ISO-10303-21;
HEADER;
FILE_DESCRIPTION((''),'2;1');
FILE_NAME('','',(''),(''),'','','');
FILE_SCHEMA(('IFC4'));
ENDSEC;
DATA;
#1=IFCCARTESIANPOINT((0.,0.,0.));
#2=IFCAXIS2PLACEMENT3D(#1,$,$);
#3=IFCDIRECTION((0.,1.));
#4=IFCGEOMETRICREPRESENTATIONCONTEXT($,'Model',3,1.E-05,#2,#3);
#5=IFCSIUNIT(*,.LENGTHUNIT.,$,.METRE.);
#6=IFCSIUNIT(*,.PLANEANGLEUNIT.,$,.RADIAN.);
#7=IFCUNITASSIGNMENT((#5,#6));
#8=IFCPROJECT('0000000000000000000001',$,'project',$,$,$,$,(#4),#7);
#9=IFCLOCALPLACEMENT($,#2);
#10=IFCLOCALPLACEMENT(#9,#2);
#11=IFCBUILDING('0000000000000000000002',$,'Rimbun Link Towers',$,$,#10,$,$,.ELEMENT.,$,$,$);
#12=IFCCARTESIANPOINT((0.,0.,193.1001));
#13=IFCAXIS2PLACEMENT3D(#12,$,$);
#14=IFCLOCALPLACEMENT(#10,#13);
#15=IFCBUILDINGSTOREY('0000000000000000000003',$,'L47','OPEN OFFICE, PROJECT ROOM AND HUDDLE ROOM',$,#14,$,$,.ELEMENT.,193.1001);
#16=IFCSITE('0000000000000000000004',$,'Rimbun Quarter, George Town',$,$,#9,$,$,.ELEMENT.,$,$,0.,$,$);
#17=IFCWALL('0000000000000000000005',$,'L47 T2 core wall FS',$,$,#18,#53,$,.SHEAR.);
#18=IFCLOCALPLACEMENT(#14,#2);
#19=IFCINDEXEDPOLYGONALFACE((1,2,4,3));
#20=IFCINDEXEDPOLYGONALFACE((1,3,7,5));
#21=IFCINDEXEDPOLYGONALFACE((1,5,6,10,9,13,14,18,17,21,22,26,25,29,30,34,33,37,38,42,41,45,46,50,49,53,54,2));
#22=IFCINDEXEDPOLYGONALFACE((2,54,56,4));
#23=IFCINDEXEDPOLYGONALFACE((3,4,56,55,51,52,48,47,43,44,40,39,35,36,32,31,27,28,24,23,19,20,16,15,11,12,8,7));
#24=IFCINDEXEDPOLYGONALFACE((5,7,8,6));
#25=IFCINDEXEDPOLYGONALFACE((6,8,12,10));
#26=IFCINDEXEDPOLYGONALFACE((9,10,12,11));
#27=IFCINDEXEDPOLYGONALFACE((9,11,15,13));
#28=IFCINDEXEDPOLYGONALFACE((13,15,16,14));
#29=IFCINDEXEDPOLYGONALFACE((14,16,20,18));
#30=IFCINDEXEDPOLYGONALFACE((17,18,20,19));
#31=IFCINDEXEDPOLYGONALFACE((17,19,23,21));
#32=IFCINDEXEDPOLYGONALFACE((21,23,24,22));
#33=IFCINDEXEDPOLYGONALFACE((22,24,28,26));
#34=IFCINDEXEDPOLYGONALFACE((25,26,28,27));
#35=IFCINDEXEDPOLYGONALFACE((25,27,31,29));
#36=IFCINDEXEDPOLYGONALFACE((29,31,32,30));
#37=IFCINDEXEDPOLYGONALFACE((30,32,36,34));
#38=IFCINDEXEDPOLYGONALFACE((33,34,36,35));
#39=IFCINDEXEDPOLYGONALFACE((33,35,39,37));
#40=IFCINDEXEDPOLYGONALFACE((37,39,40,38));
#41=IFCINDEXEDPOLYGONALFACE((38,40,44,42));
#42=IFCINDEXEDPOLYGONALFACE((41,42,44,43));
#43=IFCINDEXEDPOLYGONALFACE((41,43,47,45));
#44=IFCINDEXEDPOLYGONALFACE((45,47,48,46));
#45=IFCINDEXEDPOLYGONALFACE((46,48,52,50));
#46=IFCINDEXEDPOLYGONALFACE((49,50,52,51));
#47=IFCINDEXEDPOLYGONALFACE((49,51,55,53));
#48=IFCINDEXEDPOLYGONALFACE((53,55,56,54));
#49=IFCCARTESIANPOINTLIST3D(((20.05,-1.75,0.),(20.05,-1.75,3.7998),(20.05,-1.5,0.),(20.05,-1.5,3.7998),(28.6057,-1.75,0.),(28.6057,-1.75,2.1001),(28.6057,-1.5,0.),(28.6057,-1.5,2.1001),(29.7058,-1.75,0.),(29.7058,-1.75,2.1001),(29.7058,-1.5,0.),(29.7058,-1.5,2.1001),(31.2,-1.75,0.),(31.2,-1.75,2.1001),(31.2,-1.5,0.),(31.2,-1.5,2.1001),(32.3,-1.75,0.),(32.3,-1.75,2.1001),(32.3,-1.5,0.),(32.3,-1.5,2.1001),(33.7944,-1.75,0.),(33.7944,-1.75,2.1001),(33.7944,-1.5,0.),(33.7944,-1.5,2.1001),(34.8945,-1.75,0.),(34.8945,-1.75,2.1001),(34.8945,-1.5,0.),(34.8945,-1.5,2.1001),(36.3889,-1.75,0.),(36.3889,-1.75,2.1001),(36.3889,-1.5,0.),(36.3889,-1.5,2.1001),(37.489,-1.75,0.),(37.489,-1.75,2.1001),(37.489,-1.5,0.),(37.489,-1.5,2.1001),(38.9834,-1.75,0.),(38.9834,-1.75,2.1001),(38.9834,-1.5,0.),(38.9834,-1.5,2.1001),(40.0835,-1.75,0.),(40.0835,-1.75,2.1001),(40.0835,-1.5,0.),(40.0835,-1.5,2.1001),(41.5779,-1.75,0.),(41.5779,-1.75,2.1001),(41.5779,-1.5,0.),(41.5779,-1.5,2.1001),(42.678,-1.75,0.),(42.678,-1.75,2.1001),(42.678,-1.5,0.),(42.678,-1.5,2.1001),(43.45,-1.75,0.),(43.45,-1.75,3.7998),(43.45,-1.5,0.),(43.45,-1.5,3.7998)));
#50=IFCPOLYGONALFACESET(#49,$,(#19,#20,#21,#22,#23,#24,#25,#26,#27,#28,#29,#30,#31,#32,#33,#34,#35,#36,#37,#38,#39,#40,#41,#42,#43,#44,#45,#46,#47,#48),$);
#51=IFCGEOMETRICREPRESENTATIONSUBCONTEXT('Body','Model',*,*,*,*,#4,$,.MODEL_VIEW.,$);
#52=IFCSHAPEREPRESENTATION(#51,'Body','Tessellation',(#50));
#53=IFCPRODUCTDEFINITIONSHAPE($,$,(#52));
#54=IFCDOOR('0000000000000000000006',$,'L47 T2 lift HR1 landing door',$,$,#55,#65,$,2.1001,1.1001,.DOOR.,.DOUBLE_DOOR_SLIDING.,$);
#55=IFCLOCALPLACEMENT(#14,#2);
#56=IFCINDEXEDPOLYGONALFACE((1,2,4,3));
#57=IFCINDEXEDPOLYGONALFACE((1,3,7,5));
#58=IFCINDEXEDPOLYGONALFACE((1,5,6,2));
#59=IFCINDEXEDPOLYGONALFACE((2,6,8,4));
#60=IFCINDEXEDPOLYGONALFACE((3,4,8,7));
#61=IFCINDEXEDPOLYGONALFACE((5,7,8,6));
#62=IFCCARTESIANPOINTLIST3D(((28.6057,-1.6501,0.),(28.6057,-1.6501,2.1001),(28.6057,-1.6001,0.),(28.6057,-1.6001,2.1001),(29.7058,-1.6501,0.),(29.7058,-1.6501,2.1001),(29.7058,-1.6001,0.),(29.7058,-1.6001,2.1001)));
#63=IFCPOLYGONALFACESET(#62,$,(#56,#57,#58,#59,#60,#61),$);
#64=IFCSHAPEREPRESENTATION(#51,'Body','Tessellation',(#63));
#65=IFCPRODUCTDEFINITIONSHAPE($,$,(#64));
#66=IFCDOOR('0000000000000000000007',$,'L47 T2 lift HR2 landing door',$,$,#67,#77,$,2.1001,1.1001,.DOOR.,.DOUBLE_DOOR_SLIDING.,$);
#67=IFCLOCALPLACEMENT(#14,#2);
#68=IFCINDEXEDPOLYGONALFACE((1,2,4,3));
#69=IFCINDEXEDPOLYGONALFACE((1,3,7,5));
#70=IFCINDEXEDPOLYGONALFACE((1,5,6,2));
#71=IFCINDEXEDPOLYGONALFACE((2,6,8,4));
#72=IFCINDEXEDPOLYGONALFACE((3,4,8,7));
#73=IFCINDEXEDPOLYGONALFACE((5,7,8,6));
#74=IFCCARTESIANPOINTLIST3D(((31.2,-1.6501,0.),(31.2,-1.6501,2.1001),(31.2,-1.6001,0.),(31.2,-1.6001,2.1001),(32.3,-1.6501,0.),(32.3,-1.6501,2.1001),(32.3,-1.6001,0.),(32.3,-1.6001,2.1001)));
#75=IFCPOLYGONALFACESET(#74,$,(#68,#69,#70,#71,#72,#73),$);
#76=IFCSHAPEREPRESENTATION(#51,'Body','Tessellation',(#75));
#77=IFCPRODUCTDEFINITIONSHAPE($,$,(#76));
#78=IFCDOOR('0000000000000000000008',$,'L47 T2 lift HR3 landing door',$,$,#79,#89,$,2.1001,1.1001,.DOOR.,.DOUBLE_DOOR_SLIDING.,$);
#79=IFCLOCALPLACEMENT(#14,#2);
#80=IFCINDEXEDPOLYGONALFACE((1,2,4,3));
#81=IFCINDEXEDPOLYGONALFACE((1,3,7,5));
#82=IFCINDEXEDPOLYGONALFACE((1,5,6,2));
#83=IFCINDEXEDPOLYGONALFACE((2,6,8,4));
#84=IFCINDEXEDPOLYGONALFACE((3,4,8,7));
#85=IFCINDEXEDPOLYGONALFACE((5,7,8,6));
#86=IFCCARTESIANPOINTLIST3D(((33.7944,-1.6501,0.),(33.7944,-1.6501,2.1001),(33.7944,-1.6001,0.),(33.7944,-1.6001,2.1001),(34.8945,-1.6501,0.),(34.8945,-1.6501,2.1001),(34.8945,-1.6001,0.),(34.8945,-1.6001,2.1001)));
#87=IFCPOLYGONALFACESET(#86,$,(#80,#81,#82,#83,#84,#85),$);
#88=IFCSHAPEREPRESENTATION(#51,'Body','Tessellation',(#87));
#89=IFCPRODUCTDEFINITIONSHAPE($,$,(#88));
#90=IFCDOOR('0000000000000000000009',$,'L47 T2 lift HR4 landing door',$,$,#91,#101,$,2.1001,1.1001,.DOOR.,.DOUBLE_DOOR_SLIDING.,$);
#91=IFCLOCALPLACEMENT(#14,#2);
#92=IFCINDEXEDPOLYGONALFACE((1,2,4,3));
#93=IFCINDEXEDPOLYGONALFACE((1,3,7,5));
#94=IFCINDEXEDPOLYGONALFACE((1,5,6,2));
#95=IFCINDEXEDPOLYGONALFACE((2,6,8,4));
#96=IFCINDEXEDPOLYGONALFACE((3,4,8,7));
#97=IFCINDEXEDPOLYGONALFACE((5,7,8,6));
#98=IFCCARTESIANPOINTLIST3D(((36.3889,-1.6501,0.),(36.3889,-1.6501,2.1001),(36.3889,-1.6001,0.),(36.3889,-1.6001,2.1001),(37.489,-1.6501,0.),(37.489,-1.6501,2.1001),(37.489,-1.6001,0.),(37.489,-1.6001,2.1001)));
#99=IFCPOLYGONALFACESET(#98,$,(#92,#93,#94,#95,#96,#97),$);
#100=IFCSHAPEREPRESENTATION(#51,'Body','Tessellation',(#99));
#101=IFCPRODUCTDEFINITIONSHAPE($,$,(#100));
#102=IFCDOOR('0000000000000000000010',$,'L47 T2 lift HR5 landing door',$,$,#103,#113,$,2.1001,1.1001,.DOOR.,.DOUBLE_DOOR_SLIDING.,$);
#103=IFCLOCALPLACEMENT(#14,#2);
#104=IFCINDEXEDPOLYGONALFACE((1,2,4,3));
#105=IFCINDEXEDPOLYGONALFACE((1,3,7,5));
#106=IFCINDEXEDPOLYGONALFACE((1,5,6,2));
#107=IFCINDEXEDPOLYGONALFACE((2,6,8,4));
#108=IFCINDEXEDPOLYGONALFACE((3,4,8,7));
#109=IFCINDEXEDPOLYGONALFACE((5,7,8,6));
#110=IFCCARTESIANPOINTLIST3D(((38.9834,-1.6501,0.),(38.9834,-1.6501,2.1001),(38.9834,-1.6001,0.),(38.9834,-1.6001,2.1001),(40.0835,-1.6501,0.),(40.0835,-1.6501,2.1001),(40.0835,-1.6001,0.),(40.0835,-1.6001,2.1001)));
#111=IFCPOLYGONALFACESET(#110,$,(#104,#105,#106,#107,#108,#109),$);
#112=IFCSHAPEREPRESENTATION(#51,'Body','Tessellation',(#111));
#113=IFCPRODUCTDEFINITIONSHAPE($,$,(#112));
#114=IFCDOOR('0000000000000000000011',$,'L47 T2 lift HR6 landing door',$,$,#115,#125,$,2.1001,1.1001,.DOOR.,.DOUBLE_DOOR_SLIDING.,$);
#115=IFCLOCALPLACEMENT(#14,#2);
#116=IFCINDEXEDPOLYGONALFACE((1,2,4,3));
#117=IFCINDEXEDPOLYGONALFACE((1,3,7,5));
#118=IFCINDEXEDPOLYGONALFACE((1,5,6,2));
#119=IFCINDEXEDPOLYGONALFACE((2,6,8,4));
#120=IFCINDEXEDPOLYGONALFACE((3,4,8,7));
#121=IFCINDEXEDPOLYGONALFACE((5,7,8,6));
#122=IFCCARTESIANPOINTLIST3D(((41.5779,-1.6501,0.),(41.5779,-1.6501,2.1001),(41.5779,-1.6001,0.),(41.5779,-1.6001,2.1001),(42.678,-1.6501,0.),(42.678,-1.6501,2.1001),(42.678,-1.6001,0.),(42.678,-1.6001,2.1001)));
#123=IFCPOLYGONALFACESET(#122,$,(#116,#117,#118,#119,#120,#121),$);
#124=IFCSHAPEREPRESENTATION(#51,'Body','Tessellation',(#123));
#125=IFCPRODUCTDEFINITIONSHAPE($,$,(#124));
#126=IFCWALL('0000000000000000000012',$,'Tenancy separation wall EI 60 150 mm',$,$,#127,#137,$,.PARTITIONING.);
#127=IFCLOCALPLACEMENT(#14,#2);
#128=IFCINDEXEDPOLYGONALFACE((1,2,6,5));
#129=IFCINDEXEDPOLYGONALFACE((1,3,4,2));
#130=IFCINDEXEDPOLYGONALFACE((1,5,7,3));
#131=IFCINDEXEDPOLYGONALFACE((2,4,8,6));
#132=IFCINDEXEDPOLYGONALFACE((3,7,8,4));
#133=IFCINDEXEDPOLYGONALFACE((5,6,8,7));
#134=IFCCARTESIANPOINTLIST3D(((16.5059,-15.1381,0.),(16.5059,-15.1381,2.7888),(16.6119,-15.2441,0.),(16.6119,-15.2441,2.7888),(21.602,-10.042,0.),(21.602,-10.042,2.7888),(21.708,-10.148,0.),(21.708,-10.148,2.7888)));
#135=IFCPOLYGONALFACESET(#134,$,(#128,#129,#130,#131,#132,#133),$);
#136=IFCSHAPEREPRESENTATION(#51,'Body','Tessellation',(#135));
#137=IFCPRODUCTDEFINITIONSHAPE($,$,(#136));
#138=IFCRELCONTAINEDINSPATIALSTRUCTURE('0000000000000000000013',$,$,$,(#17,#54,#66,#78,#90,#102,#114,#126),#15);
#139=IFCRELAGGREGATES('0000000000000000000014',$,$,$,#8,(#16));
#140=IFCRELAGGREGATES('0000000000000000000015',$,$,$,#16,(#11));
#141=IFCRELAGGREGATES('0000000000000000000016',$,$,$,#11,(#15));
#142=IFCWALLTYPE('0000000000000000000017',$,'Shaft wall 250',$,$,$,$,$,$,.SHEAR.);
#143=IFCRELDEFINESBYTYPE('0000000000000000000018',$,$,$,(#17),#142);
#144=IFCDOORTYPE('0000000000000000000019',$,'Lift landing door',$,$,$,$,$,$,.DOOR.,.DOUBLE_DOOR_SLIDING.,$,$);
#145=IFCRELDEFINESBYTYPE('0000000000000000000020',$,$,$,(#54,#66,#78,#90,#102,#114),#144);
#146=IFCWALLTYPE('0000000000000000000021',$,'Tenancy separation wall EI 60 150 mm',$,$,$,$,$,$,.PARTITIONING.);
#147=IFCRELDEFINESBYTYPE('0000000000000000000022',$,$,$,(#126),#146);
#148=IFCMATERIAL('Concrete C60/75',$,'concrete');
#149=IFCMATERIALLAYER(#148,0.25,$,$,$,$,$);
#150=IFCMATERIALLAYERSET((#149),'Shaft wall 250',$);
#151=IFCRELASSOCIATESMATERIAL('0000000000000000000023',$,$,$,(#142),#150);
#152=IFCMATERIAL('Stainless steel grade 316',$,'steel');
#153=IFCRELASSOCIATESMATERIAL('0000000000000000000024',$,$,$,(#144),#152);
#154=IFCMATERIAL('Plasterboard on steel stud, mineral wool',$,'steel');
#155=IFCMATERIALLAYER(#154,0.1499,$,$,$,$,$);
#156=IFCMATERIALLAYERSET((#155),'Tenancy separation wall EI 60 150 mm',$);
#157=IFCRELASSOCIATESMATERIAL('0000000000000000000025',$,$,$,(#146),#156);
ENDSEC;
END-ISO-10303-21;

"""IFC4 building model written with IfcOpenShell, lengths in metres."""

from ifc_helpers import new_model, si_unit, direction, frame, frame_2d, origin, place, context, subcontext, project, spatial, rectangle, extrude, material, layer, layer_set, type_object, element, fill, save


model = new_model("IFC4")

# Units and contexts
model_context = context("Model", 3, precision=1e-05, world=origin(), true_north=direction((0.0, 1.0)))
body_context = subcontext(model_context, "Body", "Model", "MODEL_VIEW")
ifc_project = project(units=[si_unit("LENGTHUNIT", "METRE"), si_unit("PLANEANGLEUNIT", "RADIAN")], contexts=[model_context])

# Site, building, storey
site_placement = place(None, origin())
site = spatial("IfcSite", under=ifc_project, at=site_placement, Name="Rimbun Quarter, George Town", CompositionType="ELEMENT", RefElevation=0.0)
building_placement = place(site_placement, origin())
building = spatial("IfcBuilding", under=site, at=building_placement, Name="Rimbun Link Towers", CompositionType="ELEMENT")
storey_placement = place(building_placement, frame((0.0, 0.0, 193.1001)))
storey = spatial("IfcBuildingStorey", under=building, at=storey_placement, Name="L47", Description="OPEN OFFICE, PROJECT ROOM AND HUDDLE ROOM", CompositionType="ELEMENT", Elevation=193.1001)

# Shared definitions
ifc_material_1 = material(Name="Concrete C60/75", Category="concrete")
ifc_layer_1 = layer(ifc_material_1, 0.25)
ifc_layer_set_1 = layer_set([ifc_layer_1], Name="Shaft wall 250")
wall_type_1 = type_object("IfcWallType", Name="Shaft wall 250", PredefinedType="SHEAR", material=ifc_layer_set_1)

# Wall, openings, doors
wall_1_placement = place(storey_placement, frame((20.05, -1.625, 0.0), z_axis=(0.0, 0.0, 1.0), x_axis=(1.0, 0.0, 0.0)))
wall_1 = element("IfcWall", 1, at=wall_1_placement, inside=storey, type_object=wall_type_1, Name="L47 T2 core wall FS", PredefinedType="SHEAR", context=body_context, shape_type="SweptSolid", body=[
    extrude(rectangle(XDim=23.3999, YDim=0.25, at=frame_2d((11.7, 0.0))), origin(), (0.0, 0.0, 1.0), 3.7998),
])
opening_1_placement = place(wall_1_placement, frame((8.5557, 0.0, 0.0)))
opening_1 = element("IfcOpeningElement", 2, at=opening_1_placement, cuts=wall_1, PredefinedType="OPENING", context=body_context, shape_type="SweptSolid", body=[
    extrude(rectangle(XDim=1.1001, YDim=2.1001, at=frame_2d((0.55, 1.05))), frame((0.0, 0.135, 0.0), z_axis=(0.0, -1.0, 0.0), x_axis=(1.0, 0.0, 0.0)), (0.0, 0.0, 1.0), 0.27),
])
opening_2_placement = place(wall_1_placement, frame((11.1499, 0.0, 0.0)))
opening_2 = element("IfcOpeningElement", 3, at=opening_2_placement, cuts=wall_1, PredefinedType="OPENING", context=body_context, shape_type="SweptSolid", body=[
    extrude(rectangle(XDim=1.1001, YDim=2.1001, at=frame_2d((0.55, 1.05))), frame((0.0, 0.135, 0.0), z_axis=(0.0, -1.0, 0.0), x_axis=(1.0, 0.0, 0.0)), (0.0, 0.0, 1.0), 0.27),
])
opening_3_placement = place(wall_1_placement, frame((13.7444, 0.0, 0.0)))
opening_3 = element("IfcOpeningElement", 4, at=opening_3_placement, cuts=wall_1, PredefinedType="OPENING", context=body_context, shape_type="SweptSolid", body=[
    extrude(rectangle(XDim=1.1001, YDim=2.1001, at=frame_2d((0.55, 1.05))), frame((0.0, 0.135, 0.0), z_axis=(0.0, -1.0, 0.0), x_axis=(1.0, 0.0, 0.0)), (0.0, 0.0, 1.0), 0.27),
])
opening_4_placement = place(wall_1_placement, frame((16.3389, 0.0, 0.0)))
opening_4 = element("IfcOpeningElement", 5, at=opening_4_placement, cuts=wall_1, PredefinedType="OPENING", context=body_context, shape_type="SweptSolid", body=[
    extrude(rectangle(XDim=1.1001, YDim=2.1001, at=frame_2d((0.55, 1.05))), frame((0.0, 0.135, 0.0), z_axis=(0.0, -1.0, 0.0), x_axis=(1.0, 0.0, 0.0)), (0.0, 0.0, 1.0), 0.27),
])
opening_5_placement = place(wall_1_placement, frame((18.9333, 0.0, 0.0)))
opening_5 = element("IfcOpeningElement", 6, at=opening_5_placement, cuts=wall_1, PredefinedType="OPENING", context=body_context, shape_type="SweptSolid", body=[
    extrude(rectangle(XDim=1.1001, YDim=2.1001, at=frame_2d((0.55, 1.05))), frame((0.0, 0.135, 0.0), z_axis=(0.0, -1.0, 0.0), x_axis=(1.0, 0.0, 0.0)), (0.0, 0.0, 1.0), 0.27),
])
opening_6_placement = place(wall_1_placement, frame((21.5278, 0.0, 0.0)))
opening_6 = element("IfcOpeningElement", 7, at=opening_6_placement, cuts=wall_1, PredefinedType="OPENING", context=body_context, shape_type="SweptSolid", body=[
    extrude(rectangle(XDim=1.1001, YDim=2.1001, at=frame_2d((0.55, 1.05))), frame((0.0, 0.135, 0.0), z_axis=(0.0, -1.0, 0.0), x_axis=(1.0, 0.0, 0.0)), (0.0, 0.0, 1.0), 0.27),
])
ifc_material_2 = material(Name="Stainless steel grade 316", Category="steel")
door_type_1 = type_object("IfcDoorType", Name="Lift landing door", OperationType="DOUBLE_DOOR_SLIDING", PredefinedType="DOOR", material=ifc_material_2)
door_1_placement = place(opening_1_placement, origin())
door_1 = element("IfcDoor", 8, at=door_1_placement, inside=storey, type_object=door_type_1, Name="L47 T2 lift HR1 landing door", OperationType="DOUBLE_DOOR_SLIDING", OverallHeight=2.1001, OverallWidth=1.1001, PredefinedType="DOOR", context=body_context, shape_type="SweptSolid", body=[
    extrude(rectangle(XDim=1.1001, YDim=2.1001, at=frame_2d((0.55, 1.05))), frame((0.0, 0.0249, 0.0), z_axis=(0.0, -1.0, 0.0), x_axis=(1.0, 0.0, 0.0)), (0.0, 0.0, 1.0), 0.05),
])
fill(opening_1, door_1)
door_2_placement = place(opening_2_placement, origin())
door_2 = element("IfcDoor", 9, at=door_2_placement, inside=storey, type_object=door_type_1, Name="L47 T2 lift HR2 landing door", OperationType="DOUBLE_DOOR_SLIDING", OverallHeight=2.1001, OverallWidth=1.1001, PredefinedType="DOOR", context=body_context, shape_type="SweptSolid", body=[
    extrude(rectangle(XDim=1.1001, YDim=2.1001, at=frame_2d((0.55, 1.05))), frame((0.0, 0.0249, 0.0), z_axis=(0.0, -1.0, 0.0), x_axis=(1.0, 0.0, 0.0)), (0.0, 0.0, 1.0), 0.05),
])
fill(opening_2, door_2)
door_3_placement = place(opening_3_placement, origin())
door_3 = element("IfcDoor", 10, at=door_3_placement, inside=storey, type_object=door_type_1, Name="L47 T2 lift HR3 landing door", OperationType="DOUBLE_DOOR_SLIDING", OverallHeight=2.1001, OverallWidth=1.1001, PredefinedType="DOOR", context=body_context, shape_type="SweptSolid", body=[
    extrude(rectangle(XDim=1.1001, YDim=2.1001, at=frame_2d((0.55, 1.05))), frame((0.0, 0.0249, 0.0), z_axis=(0.0, -1.0, 0.0), x_axis=(1.0, 0.0, 0.0)), (0.0, 0.0, 1.0), 0.05),
])
fill(opening_3, door_3)
door_4_placement = place(opening_4_placement, origin())
door_4 = element("IfcDoor", 11, at=door_4_placement, inside=storey, type_object=door_type_1, Name="L47 T2 lift HR4 landing door", OperationType="DOUBLE_DOOR_SLIDING", OverallHeight=2.1001, OverallWidth=1.1001, PredefinedType="DOOR", context=body_context, shape_type="SweptSolid", body=[
    extrude(rectangle(XDim=1.1001, YDim=2.1001, at=frame_2d((0.55, 1.05))), frame((0.0, 0.0249, 0.0), z_axis=(0.0, -1.0, 0.0), x_axis=(1.0, 0.0, 0.0)), (0.0, 0.0, 1.0), 0.05),
])
fill(opening_4, door_4)
door_5_placement = place(opening_5_placement, origin())
door_5 = element("IfcDoor", 12, at=door_5_placement, inside=storey, type_object=door_type_1, Name="L47 T2 lift HR5 landing door", OperationType="DOUBLE_DOOR_SLIDING", OverallHeight=2.1001, OverallWidth=1.1001, PredefinedType="DOOR", context=body_context, shape_type="SweptSolid", body=[
    extrude(rectangle(XDim=1.1001, YDim=2.1001, at=frame_2d((0.55, 1.05))), frame((0.0, 0.0249, 0.0), z_axis=(0.0, -1.0, 0.0), x_axis=(1.0, 0.0, 0.0)), (0.0, 0.0, 1.0), 0.05),
])
fill(opening_5, door_5)
door_6_placement = place(opening_6_placement, origin())
door_6 = element("IfcDoor", 13, at=door_6_placement, inside=storey, type_object=door_type_1, Name="L47 T2 lift HR6 landing door", OperationType="DOUBLE_DOOR_SLIDING", OverallHeight=2.1001, OverallWidth=1.1001, PredefinedType="DOOR", context=body_context, shape_type="SweptSolid", body=[
    extrude(rectangle(XDim=1.1001, YDim=2.1001, at=frame_2d((0.55, 1.05))), frame((0.0, 0.0249, 0.0), z_axis=(0.0, -1.0, 0.0), x_axis=(1.0, 0.0, 0.0)), (0.0, 0.0, 1.0), 0.05),
])
fill(opening_6, door_6)

# Wall
ifc_material_3 = material(Name="Plasterboard on steel stud, mineral wool", Category="steel")
ifc_layer_2 = layer(ifc_material_3, 0.1499)
ifc_layer_set_2 = layer_set([ifc_layer_2], Name="Tenancy separation wall EI 60 150 mm")
wall_type_2 = type_object("IfcWallType", Name="Tenancy separation wall EI 60 150 mm", PredefinedType="PARTITIONING", material=ifc_layer_set_2)
wall_2_placement = place(storey_placement, frame((21.655, -10.095, 0.0), z_axis=(0.0, 0.0, 1.0), x_axis=(-0.707107, -0.707107, 0.0)))
element("IfcWall", 14, at=wall_2_placement, inside=storey, type_object=wall_type_2, Name="Tenancy separation wall EI 60 150 mm", PredefinedType="PARTITIONING", context=body_context, shape_type="SweptSolid", body=[
    extrude(rectangle(XDim=7.207, YDim=0.1499, at=frame_2d((3.6035, 0.0))), origin(), (0.0, 0.0, 1.0), 2.7888),
])

save(model, "model.ifc")
